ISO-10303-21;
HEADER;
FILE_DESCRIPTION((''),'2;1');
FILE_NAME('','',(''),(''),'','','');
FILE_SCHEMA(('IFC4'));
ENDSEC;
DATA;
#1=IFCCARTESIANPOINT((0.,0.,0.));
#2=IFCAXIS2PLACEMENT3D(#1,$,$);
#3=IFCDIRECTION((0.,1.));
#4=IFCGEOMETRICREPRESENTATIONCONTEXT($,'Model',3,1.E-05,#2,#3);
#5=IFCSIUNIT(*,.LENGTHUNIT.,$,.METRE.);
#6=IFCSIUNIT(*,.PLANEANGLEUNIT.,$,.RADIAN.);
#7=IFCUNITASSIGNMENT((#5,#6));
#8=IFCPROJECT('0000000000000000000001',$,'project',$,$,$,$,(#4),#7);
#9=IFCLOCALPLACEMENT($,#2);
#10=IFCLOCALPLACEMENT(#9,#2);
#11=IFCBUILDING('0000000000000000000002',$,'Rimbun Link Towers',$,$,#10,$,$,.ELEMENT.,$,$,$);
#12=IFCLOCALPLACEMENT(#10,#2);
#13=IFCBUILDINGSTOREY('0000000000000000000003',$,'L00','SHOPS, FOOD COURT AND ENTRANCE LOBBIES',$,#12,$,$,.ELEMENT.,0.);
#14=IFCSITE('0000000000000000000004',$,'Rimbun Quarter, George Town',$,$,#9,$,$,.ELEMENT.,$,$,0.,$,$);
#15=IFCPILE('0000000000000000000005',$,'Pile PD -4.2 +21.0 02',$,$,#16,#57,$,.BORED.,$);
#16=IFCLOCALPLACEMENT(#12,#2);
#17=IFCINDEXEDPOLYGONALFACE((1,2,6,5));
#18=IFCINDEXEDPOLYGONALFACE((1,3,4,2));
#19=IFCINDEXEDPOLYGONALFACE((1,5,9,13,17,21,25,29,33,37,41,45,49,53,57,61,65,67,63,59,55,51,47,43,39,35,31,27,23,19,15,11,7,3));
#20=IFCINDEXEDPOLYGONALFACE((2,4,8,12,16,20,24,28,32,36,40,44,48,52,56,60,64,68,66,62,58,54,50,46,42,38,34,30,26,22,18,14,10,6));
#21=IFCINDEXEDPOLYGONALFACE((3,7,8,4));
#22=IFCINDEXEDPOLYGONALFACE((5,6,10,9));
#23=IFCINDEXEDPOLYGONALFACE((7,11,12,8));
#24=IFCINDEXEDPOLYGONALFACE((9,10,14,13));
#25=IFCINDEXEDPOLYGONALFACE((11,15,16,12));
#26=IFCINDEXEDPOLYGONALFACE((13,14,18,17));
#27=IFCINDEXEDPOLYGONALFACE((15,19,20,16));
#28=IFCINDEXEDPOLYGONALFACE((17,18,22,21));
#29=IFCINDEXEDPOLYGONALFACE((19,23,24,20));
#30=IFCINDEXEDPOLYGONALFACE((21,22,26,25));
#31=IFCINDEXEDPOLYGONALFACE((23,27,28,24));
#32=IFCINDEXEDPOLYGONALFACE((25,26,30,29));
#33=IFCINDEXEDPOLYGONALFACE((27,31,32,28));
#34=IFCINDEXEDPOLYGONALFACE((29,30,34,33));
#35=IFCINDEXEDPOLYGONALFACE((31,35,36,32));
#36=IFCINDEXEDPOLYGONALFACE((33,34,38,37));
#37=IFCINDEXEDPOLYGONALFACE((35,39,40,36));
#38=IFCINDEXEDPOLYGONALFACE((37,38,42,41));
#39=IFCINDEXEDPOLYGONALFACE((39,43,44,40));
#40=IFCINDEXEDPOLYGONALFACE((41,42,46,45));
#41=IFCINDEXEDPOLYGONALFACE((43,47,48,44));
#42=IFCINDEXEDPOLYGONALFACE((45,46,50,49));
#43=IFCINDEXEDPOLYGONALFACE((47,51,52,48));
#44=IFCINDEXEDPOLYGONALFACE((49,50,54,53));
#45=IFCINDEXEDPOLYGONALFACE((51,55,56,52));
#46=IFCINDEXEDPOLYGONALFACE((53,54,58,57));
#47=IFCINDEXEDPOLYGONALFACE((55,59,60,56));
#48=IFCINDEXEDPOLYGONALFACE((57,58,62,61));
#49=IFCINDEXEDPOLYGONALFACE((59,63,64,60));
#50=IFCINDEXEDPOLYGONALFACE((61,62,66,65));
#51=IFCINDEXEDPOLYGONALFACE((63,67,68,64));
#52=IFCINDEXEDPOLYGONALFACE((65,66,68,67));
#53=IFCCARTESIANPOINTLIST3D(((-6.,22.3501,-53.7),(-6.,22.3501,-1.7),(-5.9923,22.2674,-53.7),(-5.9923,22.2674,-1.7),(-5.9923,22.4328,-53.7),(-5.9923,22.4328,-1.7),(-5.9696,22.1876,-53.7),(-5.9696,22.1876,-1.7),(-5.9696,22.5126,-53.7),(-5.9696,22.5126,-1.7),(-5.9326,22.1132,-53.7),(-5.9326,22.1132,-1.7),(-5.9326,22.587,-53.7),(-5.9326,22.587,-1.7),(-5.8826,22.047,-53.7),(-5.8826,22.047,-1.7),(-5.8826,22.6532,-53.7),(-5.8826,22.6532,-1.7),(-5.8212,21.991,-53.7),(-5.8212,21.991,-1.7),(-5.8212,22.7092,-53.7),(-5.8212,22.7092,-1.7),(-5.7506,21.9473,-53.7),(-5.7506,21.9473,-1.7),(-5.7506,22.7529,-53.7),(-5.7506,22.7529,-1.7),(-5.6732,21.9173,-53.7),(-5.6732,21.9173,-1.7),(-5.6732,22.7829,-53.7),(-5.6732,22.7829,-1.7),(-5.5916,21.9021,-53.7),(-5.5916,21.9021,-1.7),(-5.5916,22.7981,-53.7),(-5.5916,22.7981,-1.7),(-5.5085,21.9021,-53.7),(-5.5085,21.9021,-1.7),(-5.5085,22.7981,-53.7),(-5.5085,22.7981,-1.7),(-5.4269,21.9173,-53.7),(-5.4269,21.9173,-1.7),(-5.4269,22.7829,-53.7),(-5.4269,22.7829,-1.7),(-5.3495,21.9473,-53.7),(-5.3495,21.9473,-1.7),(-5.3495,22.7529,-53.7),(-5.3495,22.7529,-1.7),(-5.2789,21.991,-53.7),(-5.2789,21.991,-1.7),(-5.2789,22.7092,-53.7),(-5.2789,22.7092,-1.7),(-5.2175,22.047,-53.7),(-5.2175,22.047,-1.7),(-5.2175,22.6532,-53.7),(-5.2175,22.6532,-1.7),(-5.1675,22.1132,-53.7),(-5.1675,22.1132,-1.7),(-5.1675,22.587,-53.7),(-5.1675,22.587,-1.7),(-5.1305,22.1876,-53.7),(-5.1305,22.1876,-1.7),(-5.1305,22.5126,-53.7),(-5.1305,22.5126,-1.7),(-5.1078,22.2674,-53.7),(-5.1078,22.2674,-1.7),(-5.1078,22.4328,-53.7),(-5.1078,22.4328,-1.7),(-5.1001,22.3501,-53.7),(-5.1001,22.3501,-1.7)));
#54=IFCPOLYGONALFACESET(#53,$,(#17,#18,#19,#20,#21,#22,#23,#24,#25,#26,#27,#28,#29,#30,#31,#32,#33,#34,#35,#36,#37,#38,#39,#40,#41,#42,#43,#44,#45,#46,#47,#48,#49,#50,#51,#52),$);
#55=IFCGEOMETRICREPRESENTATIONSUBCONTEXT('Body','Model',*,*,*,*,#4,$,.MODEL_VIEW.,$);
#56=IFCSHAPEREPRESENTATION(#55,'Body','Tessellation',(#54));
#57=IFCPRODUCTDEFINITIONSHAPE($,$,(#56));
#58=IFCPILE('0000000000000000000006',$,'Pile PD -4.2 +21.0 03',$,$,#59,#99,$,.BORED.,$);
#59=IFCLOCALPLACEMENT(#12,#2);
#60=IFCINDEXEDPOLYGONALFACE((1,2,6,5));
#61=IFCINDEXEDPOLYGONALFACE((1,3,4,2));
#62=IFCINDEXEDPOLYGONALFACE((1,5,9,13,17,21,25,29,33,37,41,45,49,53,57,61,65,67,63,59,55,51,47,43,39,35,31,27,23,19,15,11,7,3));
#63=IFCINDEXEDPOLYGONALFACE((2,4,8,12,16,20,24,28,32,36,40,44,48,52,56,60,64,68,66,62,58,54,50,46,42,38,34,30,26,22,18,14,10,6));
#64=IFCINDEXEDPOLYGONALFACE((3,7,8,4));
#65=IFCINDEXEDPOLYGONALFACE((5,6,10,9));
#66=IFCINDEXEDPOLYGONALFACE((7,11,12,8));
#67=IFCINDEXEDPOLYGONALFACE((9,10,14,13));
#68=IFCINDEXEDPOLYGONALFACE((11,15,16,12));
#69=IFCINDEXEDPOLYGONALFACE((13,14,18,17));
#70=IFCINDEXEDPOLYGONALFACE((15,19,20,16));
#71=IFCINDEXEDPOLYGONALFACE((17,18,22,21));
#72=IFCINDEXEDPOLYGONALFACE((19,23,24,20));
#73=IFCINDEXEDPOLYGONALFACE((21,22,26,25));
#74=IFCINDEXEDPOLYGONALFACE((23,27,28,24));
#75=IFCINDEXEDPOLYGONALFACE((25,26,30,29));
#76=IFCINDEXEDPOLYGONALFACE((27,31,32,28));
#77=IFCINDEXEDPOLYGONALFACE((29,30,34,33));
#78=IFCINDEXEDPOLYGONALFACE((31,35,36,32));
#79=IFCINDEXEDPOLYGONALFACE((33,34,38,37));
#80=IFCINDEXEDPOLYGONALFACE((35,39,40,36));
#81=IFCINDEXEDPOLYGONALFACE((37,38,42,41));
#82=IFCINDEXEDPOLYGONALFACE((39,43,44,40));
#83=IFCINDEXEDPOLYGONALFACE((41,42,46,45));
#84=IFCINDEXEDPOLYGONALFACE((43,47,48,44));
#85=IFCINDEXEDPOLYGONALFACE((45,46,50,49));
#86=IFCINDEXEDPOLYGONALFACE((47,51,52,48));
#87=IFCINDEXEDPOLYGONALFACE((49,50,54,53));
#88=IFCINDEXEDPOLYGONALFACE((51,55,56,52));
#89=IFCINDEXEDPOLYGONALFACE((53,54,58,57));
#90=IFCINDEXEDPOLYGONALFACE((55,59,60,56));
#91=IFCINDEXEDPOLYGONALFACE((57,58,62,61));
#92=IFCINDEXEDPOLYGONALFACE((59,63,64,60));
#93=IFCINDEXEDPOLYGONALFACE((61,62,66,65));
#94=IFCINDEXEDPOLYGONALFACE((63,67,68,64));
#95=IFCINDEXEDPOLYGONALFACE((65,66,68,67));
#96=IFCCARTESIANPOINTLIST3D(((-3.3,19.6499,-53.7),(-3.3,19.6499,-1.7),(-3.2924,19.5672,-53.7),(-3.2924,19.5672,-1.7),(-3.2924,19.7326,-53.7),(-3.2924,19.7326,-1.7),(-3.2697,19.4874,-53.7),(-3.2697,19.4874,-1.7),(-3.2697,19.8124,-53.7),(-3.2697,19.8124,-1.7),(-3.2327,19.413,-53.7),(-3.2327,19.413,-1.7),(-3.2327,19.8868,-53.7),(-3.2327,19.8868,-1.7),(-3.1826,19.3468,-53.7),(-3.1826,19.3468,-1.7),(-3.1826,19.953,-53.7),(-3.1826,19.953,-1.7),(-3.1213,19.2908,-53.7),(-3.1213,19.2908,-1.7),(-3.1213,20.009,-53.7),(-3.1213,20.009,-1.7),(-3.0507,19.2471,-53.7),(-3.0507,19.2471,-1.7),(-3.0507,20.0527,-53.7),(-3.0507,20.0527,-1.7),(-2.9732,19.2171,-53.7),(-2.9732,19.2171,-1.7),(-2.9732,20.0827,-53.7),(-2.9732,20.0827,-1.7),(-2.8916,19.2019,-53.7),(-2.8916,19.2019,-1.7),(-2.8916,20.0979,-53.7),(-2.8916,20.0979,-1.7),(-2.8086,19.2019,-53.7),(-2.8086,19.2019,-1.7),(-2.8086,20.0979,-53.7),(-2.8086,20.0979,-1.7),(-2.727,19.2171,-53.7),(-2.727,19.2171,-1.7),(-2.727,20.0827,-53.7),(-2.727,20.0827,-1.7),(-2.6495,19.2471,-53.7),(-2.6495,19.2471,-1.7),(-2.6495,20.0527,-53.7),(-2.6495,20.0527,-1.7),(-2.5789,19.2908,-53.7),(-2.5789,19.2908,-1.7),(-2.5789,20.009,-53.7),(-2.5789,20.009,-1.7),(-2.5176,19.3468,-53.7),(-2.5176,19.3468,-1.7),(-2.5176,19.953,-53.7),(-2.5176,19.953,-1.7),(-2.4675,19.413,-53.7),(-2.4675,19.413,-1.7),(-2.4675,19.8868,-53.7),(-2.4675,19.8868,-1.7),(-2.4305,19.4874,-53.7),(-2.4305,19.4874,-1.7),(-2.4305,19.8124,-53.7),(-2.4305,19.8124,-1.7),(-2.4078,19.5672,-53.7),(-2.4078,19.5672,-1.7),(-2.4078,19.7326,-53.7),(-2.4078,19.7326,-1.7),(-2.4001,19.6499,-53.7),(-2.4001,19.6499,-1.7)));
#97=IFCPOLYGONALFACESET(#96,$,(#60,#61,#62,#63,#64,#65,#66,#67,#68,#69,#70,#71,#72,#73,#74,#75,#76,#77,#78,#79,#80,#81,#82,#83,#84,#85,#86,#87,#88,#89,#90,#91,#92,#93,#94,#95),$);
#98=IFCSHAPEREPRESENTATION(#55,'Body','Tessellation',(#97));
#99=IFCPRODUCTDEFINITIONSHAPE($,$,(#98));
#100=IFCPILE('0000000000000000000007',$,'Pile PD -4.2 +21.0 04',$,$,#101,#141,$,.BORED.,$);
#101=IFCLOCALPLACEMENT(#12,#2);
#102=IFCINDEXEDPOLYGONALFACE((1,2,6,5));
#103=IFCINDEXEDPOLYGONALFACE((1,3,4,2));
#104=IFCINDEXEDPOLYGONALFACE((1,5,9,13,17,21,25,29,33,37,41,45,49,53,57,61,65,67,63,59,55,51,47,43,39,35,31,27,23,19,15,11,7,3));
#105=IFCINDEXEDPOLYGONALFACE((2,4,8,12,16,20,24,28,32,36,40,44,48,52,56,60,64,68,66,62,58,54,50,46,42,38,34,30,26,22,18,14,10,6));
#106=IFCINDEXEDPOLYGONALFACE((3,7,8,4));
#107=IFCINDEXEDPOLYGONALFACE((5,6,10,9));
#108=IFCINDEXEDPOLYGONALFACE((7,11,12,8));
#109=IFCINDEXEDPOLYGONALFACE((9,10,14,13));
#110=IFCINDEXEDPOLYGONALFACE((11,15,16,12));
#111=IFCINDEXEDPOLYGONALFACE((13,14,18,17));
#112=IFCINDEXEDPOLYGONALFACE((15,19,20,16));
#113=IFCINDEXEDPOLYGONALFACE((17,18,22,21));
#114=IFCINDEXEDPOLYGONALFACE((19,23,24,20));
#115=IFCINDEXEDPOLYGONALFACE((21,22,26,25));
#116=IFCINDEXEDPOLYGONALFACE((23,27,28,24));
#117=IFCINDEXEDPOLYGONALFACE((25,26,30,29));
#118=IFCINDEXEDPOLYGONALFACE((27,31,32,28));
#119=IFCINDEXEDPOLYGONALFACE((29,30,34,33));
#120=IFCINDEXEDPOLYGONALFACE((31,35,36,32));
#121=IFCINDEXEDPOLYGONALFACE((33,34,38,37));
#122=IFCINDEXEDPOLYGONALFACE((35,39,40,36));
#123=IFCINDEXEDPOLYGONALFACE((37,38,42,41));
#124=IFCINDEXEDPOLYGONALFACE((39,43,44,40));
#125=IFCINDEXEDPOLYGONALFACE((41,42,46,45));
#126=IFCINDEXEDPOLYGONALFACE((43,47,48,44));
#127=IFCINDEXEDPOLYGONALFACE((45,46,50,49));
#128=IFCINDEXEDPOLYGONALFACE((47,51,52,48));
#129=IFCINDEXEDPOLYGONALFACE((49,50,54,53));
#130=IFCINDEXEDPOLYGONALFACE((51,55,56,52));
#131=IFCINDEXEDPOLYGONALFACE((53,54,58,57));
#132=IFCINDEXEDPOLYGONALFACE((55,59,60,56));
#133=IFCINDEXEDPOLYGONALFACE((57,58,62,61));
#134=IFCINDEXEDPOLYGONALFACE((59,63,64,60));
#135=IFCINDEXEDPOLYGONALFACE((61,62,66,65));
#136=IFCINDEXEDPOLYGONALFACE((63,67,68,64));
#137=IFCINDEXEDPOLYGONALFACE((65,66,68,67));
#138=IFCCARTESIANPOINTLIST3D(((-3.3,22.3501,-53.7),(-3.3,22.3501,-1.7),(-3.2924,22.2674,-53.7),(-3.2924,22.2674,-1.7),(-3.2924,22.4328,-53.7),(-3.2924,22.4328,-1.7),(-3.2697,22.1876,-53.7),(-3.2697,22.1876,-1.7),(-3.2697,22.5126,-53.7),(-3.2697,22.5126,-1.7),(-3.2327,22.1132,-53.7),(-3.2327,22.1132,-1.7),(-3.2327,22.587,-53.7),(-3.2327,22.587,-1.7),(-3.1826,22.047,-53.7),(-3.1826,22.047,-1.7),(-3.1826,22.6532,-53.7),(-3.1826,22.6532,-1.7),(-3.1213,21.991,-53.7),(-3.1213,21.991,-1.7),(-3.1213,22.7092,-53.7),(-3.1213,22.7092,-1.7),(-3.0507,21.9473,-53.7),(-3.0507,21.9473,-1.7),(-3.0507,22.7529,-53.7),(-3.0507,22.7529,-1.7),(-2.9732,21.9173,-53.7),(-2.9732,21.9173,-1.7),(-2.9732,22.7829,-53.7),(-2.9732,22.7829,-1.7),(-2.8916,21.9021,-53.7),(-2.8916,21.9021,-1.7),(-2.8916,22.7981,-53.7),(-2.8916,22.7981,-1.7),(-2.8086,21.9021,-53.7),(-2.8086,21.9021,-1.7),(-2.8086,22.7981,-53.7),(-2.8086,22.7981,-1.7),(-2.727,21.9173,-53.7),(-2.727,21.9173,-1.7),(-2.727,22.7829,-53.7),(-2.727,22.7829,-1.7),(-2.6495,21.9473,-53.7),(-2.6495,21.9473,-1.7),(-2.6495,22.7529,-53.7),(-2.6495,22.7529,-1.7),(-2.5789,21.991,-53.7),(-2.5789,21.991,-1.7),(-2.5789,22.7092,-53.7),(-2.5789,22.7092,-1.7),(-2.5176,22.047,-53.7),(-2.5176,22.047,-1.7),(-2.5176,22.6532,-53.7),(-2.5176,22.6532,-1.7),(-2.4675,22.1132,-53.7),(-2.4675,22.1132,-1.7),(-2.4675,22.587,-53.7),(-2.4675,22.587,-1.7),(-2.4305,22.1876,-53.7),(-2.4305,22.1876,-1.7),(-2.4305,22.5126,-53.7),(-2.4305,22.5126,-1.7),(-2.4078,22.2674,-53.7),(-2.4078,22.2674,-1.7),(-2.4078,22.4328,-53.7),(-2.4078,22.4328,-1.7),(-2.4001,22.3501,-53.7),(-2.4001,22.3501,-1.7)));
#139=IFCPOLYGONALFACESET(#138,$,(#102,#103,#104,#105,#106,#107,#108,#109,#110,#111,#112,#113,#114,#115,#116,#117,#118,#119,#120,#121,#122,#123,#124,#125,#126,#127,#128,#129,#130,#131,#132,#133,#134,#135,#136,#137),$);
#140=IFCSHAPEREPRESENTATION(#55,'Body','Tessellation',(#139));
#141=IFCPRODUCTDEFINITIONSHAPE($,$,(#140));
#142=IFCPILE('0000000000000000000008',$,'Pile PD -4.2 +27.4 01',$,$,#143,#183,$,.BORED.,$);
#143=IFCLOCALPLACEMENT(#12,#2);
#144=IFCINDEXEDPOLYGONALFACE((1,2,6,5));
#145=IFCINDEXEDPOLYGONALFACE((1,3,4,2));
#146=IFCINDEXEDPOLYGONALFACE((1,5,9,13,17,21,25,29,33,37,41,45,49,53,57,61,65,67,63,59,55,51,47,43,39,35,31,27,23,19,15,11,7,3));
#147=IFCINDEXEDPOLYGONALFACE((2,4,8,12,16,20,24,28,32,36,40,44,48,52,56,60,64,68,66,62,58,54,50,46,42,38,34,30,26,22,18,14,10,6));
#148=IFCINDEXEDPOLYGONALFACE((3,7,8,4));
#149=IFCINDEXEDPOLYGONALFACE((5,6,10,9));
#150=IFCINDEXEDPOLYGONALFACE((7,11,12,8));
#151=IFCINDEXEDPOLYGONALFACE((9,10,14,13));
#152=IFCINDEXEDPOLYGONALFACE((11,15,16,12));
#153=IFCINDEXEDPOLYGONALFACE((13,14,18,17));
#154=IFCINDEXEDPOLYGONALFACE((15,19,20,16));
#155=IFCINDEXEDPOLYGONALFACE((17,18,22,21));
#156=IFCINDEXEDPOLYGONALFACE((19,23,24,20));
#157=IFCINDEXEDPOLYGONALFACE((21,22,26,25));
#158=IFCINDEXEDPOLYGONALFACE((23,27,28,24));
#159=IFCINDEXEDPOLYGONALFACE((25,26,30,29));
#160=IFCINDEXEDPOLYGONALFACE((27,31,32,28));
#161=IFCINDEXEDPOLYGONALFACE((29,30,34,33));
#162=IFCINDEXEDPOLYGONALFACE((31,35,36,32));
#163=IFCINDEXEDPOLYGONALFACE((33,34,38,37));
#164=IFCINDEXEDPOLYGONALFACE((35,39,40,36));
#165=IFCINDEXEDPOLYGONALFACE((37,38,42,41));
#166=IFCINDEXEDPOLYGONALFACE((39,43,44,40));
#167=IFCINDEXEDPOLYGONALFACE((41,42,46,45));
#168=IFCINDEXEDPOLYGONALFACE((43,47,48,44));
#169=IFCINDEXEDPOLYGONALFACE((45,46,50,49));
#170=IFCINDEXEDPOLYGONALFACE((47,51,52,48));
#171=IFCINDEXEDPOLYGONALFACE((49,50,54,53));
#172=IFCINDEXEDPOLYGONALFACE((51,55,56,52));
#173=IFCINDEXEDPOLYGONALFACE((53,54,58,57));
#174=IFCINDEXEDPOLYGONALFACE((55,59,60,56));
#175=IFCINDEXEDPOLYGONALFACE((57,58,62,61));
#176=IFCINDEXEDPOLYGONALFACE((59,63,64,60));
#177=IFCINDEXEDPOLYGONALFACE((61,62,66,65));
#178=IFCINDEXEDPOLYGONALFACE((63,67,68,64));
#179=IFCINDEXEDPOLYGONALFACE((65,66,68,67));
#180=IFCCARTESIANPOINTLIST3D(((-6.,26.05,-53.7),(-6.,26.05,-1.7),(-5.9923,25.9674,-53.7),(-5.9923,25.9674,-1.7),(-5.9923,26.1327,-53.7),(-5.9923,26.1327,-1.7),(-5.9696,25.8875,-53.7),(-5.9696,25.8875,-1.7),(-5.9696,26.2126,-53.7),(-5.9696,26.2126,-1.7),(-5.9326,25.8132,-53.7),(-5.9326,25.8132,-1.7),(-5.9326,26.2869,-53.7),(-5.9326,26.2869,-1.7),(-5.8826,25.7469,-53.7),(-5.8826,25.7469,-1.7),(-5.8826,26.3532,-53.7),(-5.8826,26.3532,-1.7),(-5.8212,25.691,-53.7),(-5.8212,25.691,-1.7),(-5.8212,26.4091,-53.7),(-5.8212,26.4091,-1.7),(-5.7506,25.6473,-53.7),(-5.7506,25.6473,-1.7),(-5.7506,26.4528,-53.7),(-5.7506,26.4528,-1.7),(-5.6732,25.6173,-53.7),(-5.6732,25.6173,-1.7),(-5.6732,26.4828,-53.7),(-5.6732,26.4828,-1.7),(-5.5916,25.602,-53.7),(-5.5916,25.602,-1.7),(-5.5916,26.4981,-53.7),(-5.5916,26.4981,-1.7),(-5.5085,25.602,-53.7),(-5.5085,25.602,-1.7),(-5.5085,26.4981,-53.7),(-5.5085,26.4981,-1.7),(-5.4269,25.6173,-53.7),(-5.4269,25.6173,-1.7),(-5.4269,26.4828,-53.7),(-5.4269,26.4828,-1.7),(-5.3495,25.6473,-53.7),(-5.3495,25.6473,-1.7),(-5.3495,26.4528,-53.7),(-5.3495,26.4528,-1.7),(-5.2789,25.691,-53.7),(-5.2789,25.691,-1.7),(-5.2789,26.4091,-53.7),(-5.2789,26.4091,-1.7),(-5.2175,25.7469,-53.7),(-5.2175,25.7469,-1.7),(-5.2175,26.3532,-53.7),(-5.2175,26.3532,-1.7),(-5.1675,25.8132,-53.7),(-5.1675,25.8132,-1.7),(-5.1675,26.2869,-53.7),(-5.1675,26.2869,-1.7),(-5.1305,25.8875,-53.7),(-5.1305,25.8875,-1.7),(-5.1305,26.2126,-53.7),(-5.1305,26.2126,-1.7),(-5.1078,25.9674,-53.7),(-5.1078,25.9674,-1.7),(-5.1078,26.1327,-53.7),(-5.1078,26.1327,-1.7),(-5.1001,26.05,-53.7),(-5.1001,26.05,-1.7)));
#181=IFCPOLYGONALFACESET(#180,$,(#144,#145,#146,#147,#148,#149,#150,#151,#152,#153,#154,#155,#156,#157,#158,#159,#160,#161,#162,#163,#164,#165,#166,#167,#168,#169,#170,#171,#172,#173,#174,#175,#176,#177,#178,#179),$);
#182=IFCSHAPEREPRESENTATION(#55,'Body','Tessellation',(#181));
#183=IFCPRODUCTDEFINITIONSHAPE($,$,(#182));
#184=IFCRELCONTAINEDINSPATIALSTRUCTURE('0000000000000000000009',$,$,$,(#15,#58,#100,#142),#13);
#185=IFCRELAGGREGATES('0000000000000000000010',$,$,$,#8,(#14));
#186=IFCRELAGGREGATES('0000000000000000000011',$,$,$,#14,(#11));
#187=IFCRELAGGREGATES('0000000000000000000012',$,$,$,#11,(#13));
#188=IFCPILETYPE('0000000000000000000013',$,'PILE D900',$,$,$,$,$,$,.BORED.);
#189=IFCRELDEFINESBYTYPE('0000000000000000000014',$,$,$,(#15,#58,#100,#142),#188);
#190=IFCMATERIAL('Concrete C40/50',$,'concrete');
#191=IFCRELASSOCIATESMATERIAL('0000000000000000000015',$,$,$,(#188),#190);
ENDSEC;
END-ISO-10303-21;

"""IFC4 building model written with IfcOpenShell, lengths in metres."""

from ifc_helpers import new_model, si_unit, direction, frame, origin, origin_2d, place, context, subcontext, project, spatial, circle, extrude, material, material_profile, profile_set, type_object, element, save


model = new_model("IFC4")

# Units and contexts
model_context = context("Model", 3, precision=1e-05, world=origin(), true_north=direction((0.0, 1.0)))
body_context = subcontext(model_context, "Body", "Model", "MODEL_VIEW")
ifc_project = project(units=[si_unit("LENGTHUNIT", "METRE"), si_unit("PLANEANGLEUNIT", "RADIAN")], contexts=[model_context])

# Site, building, storey
site_placement = place(None, origin())
site = spatial("IfcSite", under=ifc_project, at=site_placement, Name="Rimbun Quarter, George Town", CompositionType="ELEMENT", RefElevation=0.0)
building_placement = place(site_placement, origin())
building = spatial("IfcBuilding", under=site, at=building_placement, Name="Rimbun Link Towers", CompositionType="ELEMENT")
storey_placement = place(building_placement, origin())
storey = spatial("IfcBuildingStorey", under=building, at=storey_placement, Name="L00", Description="SHOPS, FOOD COURT AND ENTRANCE LOBBIES", CompositionType="ELEMENT", Elevation=0.0)

# Piles
ifc_material_1 = material(Name="Concrete C40/50", Category="concrete")
ifc_material_profile_1 = material_profile(ifc_material_1, circle(Radius=0.45, at=origin_2d()), Name="PILE D900")
ifc_profile_set_1 = profile_set([ifc_material_profile_1], Name="Concrete C40/50")
pile_type_1 = type_object("IfcPileType", Name="PILE D900", PredefinedType="BORED", material=ifc_profile_set_1)
for number, where, z_axis, x_axis, name in (
    (1, (-5.55, 22.3501, -1.7), (0.0, 0.0, -1.0), (1.0, 0.0, 0.0), "Pile PD -4.2 +21.0 02"),
    (2, (-2.8501, 19.6499, -1.7), (0.0, 0.0, -1.0), (1.0, 0.0, 0.0), "Pile PD -4.2 +21.0 03"),
    (3, (-2.8501, 22.3501, -1.7), (0.0, 0.0, -1.0), (1.0, 0.0, 0.0), "Pile PD -4.2 +21.0 04"),
    (4, (-5.55, 26.05, -1.7), (0.0, 0.0, -1.0), (1.0, 0.0, 0.0), "Pile PD -4.2 +27.4 01"),
):
    element("IfcPile", number, at=place(storey_placement, frame(where, z_axis=z_axis, x_axis=x_axis)), inside=storey, type_object=pile_type_1, Name=name, PredefinedType="BORED", context=body_context, shape_type="SweptSolid", body=[
        extrude(circle(Radius=0.45, at=origin_2d()), origin(), (0.0, 0.0, 1.0), 52.0),
    ])

save(model, "model.ifc")
